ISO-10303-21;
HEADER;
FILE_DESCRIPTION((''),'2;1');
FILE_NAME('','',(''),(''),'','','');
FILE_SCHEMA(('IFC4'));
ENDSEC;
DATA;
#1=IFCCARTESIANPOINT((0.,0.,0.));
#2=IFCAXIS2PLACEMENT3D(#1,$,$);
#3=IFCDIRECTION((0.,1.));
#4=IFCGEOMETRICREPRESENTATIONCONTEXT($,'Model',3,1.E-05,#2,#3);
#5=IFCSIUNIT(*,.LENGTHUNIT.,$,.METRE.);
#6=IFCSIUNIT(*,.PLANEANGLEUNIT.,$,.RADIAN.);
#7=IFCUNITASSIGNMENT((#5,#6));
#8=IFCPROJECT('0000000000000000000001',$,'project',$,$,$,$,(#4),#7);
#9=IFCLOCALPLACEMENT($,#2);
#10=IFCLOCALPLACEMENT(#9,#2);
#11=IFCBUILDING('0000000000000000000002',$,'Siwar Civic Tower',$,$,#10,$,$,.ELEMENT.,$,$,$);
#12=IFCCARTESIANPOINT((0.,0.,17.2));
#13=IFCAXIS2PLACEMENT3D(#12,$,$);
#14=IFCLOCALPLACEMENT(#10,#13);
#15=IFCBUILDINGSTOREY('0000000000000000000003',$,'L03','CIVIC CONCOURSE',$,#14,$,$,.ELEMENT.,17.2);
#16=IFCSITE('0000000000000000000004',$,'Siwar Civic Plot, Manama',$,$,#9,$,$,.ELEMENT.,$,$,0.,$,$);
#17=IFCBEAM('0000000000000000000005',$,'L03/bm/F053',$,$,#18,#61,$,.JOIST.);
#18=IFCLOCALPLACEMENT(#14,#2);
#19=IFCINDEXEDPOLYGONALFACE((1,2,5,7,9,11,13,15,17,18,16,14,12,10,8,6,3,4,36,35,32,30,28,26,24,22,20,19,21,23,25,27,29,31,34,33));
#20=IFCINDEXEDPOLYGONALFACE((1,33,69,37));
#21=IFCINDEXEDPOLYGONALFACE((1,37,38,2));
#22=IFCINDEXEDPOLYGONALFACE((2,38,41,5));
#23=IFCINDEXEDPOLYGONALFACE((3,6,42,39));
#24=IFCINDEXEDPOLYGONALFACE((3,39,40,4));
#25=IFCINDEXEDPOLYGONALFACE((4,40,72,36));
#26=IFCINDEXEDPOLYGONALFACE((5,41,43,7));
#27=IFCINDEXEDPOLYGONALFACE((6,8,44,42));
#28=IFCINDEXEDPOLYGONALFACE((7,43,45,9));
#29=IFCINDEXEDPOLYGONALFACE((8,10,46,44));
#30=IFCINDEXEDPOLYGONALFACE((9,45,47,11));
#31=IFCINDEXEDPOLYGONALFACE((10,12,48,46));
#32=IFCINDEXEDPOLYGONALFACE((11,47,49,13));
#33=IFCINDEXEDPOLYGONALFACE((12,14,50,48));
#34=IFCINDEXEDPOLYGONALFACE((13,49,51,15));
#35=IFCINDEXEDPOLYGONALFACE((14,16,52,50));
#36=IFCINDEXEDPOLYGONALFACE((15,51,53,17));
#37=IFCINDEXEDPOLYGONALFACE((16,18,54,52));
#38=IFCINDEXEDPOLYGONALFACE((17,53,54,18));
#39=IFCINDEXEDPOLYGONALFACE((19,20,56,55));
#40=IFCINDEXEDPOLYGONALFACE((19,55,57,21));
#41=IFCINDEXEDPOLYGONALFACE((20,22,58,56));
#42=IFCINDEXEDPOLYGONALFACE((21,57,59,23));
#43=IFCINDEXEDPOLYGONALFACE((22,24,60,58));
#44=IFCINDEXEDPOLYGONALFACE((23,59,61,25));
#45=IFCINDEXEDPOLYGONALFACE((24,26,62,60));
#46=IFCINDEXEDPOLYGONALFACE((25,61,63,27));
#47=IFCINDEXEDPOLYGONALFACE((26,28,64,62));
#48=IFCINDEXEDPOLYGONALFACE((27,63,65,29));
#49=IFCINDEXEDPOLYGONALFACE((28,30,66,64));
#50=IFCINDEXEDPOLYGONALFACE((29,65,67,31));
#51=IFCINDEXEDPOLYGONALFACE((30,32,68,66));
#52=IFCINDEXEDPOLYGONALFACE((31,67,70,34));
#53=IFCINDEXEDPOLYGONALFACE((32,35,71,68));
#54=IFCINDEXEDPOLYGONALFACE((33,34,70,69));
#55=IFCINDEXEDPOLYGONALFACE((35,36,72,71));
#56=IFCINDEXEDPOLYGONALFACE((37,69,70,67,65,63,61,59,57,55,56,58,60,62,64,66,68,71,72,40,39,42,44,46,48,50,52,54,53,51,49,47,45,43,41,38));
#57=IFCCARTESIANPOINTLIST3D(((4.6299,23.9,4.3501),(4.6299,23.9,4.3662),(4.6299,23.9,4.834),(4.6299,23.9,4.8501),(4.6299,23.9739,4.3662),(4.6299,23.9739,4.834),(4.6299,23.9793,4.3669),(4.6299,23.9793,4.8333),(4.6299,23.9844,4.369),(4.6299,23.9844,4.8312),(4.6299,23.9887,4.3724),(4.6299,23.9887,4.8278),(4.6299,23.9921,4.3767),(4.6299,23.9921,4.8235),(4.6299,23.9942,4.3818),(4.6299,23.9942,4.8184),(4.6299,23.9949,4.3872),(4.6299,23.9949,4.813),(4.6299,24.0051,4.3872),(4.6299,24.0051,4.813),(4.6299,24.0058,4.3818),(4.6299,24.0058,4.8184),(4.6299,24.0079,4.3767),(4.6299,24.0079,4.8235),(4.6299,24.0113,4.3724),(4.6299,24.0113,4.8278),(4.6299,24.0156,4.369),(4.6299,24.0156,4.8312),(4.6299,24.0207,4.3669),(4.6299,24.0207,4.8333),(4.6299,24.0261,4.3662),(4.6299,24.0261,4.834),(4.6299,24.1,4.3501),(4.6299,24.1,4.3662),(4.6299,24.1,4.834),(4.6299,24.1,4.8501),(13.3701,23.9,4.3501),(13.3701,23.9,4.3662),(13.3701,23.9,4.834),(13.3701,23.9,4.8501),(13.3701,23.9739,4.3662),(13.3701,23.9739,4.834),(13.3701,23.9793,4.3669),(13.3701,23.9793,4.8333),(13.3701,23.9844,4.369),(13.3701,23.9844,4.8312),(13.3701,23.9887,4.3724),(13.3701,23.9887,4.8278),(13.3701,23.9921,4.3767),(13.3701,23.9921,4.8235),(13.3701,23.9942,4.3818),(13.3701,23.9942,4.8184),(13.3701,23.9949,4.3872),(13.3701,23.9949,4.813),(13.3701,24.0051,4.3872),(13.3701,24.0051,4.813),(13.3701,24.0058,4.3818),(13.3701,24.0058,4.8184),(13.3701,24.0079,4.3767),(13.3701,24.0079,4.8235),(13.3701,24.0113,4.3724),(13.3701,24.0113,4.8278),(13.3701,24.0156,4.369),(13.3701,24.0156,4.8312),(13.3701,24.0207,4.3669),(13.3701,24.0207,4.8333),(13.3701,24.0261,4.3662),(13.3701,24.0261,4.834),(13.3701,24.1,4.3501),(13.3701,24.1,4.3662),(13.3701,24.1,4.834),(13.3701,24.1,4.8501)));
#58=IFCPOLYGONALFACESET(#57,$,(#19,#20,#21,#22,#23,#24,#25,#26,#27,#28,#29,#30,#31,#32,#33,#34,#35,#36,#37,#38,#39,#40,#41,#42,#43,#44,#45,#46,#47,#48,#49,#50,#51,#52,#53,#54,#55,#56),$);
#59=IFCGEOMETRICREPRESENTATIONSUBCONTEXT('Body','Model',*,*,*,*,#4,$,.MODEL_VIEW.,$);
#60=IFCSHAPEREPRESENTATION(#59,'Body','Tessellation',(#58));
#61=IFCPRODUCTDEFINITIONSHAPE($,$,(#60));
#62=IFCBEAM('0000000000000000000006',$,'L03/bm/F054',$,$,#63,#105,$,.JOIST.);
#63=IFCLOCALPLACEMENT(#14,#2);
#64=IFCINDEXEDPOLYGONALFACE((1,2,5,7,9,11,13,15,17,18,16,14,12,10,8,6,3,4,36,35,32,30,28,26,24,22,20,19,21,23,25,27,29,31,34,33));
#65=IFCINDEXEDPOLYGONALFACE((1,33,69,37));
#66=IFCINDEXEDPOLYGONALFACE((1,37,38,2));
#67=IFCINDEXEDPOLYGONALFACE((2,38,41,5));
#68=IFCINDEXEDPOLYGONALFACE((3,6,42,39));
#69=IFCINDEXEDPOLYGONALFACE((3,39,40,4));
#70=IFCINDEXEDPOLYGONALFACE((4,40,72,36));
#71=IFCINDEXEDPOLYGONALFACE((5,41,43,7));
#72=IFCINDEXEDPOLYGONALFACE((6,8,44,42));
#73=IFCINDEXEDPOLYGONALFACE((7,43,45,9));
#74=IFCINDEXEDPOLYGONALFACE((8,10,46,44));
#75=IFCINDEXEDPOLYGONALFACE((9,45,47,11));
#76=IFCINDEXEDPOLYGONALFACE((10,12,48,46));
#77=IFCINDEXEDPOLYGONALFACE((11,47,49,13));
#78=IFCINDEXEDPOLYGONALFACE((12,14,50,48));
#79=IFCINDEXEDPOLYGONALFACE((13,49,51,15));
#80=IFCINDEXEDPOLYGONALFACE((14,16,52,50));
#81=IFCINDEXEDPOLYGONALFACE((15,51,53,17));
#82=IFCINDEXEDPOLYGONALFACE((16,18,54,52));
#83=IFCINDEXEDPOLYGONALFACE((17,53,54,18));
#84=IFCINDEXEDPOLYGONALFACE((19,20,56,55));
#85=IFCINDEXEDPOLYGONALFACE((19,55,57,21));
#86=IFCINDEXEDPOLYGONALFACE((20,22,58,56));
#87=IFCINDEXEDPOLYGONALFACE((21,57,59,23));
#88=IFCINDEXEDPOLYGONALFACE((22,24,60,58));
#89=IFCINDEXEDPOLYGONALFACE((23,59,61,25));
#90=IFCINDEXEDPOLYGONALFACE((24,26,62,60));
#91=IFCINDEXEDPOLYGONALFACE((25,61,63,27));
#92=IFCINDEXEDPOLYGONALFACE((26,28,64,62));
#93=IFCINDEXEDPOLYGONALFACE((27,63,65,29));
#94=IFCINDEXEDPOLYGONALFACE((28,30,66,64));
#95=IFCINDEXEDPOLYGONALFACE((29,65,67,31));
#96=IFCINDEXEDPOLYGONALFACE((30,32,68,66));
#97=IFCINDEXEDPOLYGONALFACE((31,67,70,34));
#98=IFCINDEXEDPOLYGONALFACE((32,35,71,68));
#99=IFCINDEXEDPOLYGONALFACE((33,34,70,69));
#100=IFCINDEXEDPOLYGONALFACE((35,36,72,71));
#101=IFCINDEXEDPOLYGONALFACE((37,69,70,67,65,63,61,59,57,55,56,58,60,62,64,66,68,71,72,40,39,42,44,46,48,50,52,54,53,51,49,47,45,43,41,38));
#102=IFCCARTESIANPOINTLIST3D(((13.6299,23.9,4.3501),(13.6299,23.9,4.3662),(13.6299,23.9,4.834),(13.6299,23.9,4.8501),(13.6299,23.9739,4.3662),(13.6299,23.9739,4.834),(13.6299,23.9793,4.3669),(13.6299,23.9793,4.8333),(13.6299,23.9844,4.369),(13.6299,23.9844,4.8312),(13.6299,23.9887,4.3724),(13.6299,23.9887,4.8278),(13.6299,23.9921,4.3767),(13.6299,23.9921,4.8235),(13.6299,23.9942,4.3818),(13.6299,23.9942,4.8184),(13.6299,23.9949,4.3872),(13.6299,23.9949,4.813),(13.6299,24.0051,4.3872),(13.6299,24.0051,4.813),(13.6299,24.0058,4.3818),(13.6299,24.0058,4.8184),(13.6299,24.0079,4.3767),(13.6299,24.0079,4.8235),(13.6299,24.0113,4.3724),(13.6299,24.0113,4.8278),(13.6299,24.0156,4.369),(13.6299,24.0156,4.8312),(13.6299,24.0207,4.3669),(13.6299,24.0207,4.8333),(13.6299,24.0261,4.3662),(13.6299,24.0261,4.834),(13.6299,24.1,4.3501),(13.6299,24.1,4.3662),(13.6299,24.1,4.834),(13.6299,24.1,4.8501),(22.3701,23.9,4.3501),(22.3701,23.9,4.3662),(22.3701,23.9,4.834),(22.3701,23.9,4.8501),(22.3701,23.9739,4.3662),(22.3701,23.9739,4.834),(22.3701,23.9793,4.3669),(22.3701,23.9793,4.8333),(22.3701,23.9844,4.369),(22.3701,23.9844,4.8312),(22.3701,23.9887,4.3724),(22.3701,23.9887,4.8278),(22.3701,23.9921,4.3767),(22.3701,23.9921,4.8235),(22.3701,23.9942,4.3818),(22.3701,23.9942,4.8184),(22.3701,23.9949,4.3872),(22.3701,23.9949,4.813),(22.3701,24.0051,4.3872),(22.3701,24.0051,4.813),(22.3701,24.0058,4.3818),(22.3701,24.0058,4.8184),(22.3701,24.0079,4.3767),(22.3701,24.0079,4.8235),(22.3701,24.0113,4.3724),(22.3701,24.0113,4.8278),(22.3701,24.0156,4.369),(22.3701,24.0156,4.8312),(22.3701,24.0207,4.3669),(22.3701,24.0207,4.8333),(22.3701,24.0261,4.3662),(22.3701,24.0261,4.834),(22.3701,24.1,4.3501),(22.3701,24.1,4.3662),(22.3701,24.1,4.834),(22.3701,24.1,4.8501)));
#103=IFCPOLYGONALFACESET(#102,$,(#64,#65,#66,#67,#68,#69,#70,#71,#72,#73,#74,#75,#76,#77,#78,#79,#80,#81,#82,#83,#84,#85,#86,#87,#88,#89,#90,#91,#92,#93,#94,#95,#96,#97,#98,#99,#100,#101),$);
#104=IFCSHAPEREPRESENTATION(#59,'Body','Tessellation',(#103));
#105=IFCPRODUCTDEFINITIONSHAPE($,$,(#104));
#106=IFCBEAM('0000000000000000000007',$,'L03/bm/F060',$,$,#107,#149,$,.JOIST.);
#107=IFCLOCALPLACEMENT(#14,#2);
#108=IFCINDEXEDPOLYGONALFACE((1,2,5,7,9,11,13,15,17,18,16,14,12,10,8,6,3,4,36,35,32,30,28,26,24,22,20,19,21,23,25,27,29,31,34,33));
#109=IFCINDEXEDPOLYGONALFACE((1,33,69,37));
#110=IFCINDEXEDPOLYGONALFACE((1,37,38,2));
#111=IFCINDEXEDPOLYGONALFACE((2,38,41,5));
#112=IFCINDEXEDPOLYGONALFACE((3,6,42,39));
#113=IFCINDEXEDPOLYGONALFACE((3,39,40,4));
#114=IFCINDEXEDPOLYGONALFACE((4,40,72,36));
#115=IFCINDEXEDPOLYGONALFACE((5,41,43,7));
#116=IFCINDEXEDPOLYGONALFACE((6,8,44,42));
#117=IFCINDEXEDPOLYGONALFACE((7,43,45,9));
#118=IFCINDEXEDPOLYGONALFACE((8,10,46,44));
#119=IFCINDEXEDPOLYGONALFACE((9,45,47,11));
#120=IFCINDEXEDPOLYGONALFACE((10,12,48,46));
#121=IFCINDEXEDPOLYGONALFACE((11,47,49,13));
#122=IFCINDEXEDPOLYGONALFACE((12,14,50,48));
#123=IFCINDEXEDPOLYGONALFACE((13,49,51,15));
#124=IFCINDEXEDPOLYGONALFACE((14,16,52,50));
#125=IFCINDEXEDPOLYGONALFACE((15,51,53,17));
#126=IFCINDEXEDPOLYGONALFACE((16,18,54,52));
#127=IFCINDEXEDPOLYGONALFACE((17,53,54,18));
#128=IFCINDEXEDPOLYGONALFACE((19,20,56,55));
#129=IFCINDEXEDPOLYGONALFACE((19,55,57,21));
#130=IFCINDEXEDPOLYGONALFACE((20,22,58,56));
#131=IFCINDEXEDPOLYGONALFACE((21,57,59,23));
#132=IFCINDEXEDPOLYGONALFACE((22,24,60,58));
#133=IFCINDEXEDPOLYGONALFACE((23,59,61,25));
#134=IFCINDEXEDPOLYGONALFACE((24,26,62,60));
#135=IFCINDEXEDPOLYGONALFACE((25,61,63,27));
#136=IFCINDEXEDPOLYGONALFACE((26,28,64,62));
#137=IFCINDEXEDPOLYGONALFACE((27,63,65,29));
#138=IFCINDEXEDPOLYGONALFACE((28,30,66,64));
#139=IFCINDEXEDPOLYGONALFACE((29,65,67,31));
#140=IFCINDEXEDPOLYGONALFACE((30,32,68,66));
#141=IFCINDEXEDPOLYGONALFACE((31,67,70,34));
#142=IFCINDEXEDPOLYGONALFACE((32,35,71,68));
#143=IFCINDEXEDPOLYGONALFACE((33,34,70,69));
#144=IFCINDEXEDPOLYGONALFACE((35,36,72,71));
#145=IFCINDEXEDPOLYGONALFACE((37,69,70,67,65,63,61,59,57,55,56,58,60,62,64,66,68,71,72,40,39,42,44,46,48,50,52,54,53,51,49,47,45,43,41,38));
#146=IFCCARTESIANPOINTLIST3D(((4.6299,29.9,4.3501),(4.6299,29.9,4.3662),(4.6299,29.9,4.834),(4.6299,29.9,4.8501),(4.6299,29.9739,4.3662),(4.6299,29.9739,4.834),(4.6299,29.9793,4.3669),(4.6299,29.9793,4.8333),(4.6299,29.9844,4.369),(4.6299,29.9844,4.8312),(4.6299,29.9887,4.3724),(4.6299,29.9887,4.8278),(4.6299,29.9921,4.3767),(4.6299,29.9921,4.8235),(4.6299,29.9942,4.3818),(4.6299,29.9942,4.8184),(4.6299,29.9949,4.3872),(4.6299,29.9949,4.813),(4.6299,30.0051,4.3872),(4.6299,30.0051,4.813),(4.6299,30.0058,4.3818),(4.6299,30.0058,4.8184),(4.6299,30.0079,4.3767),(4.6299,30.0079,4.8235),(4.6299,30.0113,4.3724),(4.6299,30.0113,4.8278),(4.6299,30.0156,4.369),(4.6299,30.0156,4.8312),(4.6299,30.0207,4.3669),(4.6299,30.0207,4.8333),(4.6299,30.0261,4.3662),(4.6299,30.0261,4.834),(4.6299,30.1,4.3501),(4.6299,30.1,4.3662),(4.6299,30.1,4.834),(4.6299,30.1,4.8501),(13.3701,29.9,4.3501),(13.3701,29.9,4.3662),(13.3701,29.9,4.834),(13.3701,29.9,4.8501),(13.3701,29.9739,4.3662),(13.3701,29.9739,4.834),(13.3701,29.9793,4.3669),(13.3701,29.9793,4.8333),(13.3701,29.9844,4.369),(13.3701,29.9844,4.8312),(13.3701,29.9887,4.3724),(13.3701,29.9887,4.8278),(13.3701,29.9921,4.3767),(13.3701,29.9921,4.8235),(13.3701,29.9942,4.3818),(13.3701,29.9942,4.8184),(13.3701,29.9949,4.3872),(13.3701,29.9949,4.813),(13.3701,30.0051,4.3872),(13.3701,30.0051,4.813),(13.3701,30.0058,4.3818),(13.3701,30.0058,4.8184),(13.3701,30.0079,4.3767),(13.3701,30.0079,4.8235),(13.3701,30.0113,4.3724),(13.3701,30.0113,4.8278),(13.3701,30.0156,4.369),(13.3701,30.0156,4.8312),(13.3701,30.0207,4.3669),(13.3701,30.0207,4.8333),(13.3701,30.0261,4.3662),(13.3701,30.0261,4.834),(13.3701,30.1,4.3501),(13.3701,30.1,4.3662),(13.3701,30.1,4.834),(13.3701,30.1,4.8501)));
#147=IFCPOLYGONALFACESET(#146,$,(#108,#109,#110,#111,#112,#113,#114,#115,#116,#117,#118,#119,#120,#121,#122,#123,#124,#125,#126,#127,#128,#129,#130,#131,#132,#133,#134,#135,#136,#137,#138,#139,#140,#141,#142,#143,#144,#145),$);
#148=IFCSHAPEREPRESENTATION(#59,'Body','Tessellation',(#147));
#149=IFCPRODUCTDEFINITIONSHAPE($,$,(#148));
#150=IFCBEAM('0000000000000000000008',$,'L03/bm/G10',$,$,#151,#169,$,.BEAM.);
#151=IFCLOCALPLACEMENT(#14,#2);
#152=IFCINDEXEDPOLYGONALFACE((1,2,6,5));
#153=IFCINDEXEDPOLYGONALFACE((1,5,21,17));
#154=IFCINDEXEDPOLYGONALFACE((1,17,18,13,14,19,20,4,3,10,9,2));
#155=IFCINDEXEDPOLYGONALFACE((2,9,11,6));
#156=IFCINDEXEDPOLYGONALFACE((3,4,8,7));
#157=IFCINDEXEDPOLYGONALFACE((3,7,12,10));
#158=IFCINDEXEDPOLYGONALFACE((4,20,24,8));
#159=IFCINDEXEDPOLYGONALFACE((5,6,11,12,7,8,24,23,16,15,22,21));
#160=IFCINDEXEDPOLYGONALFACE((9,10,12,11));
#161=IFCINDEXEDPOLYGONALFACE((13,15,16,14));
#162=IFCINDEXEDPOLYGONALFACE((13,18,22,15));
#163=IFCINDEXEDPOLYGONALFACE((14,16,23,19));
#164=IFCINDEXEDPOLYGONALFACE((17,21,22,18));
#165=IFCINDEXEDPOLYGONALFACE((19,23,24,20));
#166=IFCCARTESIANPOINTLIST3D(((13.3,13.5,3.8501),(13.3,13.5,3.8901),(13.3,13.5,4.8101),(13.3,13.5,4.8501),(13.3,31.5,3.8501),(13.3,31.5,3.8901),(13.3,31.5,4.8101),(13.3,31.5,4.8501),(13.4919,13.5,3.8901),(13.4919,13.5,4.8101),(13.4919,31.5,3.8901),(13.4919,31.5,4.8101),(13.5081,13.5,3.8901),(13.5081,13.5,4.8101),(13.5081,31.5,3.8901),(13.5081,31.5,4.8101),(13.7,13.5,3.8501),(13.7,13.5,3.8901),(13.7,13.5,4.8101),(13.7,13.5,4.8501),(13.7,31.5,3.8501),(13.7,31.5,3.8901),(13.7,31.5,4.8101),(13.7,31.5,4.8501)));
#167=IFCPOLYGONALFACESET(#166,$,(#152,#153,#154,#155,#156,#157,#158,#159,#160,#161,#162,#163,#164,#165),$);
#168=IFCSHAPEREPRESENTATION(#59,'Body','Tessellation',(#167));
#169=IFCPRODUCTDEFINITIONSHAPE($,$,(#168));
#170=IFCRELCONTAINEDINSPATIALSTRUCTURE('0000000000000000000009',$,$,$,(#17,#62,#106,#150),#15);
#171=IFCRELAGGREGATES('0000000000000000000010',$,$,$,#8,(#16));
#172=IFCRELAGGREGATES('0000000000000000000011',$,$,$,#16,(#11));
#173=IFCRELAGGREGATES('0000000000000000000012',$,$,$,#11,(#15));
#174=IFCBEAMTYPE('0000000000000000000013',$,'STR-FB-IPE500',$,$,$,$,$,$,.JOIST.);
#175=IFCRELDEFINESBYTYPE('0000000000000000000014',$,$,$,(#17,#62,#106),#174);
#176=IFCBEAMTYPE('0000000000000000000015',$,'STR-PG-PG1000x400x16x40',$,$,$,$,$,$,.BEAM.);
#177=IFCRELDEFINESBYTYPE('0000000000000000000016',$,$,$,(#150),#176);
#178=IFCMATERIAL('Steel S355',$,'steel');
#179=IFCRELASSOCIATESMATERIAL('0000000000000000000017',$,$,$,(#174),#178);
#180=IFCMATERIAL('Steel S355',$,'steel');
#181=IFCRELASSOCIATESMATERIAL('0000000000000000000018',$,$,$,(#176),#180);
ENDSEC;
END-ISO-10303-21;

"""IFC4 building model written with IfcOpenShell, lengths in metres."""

from ifc_helpers import new_model, si_unit, direction, frame, origin, origin_2d, place, context, subcontext, project, spatial, i_section, extrude, material, material_profile, profile_set, type_object, element, save


model = new_model("IFC4")

# Units and contexts
model_context = context("Model", 3, precision=1e-05, world=origin(), true_north=direction((0.0, 1.0)))
body_context = subcontext(model_context, "Body", "Model", "MODEL_VIEW")
ifc_project = project(units=[si_unit("LENGTHUNIT", "METRE"), si_unit("PLANEANGLEUNIT", "RADIAN")], contexts=[model_context])

# Site, building, storey
site_placement = place(None, origin())
site = spatial("IfcSite", under=ifc_project, at=site_placement, Name="Siwar Civic Plot, Manama", CompositionType="ELEMENT", RefElevation=0.0)
building_placement = place(site_placement, origin())
building = spatial("IfcBuilding", under=site, at=building_placement, Name="Siwar Civic Tower", CompositionType="ELEMENT")
storey_placement = place(building_placement, frame((0.0, 0.0, 17.2)))
storey = spatial("IfcBuildingStorey", under=building, at=storey_placement, Name="L03", Description="CIVIC CONCOURSE", CompositionType="ELEMENT", Elevation=17.2)

# Beams
ifc_material_1 = material(Name="Steel S355", Category="steel")
ifc_material_profile_1 = material_profile(ifc_material_1, i_section(OverallWidth=0.2, OverallDepth=0.5, WebThickness=0.0103, FlangeThickness=0.0161, FilletRadius=0.021, at=origin_2d()), Name="IPE500")
ifc_profile_set_1 = profile_set([ifc_material_profile_1], Name="Steel S355")
beam_type_1 = type_object("IfcBeamType", Name="STR-FB-IPE500", PredefinedType="JOIST", material=ifc_profile_set_1)
for number, where, z_axis, x_axis, name in (
    (1, (4.6299, 24.0, 4.6001), (1.0, 0.0, 0.0), (0.0, 1.0, 0.0), "L03/bm/F053"),
    (2, (13.6299, 24.0, 4.6001), (1.0, 0.0, 0.0), (0.0, 1.0, 0.0), "L03/bm/F054"),
    (3, (4.6299, 30.0, 4.6001), (1.0, 0.0, 0.0), (0.0, 1.0, 0.0), "L03/bm/F060"),
):
    element("IfcBeam", number, at=place(storey_placement, frame(where, z_axis=z_axis, x_axis=x_axis)), inside=storey, type_object=beam_type_1, Name=name, PredefinedType="JOIST", context=body_context, shape_type="SweptSolid", body=[
        extrude(i_section(OverallWidth=0.2, OverallDepth=0.5, WebThickness=0.0103, FlangeThickness=0.0161, FilletRadius=0.021, at=origin_2d()), origin(), (0.0, 0.0, 1.0), 8.7402),
    ])
ifc_material_2 = material(Name="Steel S355", Category="steel")
ifc_material_profile_2 = material_profile(ifc_material_2, i_section(OverallWidth=0.3999, OverallDepth=1.0, WebThickness=0.0161, FlangeThickness=0.04, at=origin_2d()), Name="PG1000x400x16x40")
ifc_profile_set_2 = profile_set([ifc_material_profile_2], Name="Steel S355")
beam_type_2 = type_object("IfcBeamType", Name="STR-PG-PG1000x400x16x40", PredefinedType="BEAM", material=ifc_profile_set_2)
beam_1_placement = place(storey_placement, frame((13.5, 13.5, 4.3501), z_axis=(0.0, 1.0, 0.0), x_axis=(-1.0, 0.0, 0.0)))
element("IfcBeam", 4, at=beam_1_placement, inside=storey, type_object=beam_type_2, Name="L03/bm/G10", PredefinedType="BEAM", context=body_context, shape_type="SweptSolid", body=[
    extrude(i_section(OverallWidth=0.3999, OverallDepth=1.0, WebThickness=0.0161, FlangeThickness=0.04, at=origin_2d()), origin(), (0.0, 0.0, 1.0), 18.0),
])

save(model, "model.ifc")
